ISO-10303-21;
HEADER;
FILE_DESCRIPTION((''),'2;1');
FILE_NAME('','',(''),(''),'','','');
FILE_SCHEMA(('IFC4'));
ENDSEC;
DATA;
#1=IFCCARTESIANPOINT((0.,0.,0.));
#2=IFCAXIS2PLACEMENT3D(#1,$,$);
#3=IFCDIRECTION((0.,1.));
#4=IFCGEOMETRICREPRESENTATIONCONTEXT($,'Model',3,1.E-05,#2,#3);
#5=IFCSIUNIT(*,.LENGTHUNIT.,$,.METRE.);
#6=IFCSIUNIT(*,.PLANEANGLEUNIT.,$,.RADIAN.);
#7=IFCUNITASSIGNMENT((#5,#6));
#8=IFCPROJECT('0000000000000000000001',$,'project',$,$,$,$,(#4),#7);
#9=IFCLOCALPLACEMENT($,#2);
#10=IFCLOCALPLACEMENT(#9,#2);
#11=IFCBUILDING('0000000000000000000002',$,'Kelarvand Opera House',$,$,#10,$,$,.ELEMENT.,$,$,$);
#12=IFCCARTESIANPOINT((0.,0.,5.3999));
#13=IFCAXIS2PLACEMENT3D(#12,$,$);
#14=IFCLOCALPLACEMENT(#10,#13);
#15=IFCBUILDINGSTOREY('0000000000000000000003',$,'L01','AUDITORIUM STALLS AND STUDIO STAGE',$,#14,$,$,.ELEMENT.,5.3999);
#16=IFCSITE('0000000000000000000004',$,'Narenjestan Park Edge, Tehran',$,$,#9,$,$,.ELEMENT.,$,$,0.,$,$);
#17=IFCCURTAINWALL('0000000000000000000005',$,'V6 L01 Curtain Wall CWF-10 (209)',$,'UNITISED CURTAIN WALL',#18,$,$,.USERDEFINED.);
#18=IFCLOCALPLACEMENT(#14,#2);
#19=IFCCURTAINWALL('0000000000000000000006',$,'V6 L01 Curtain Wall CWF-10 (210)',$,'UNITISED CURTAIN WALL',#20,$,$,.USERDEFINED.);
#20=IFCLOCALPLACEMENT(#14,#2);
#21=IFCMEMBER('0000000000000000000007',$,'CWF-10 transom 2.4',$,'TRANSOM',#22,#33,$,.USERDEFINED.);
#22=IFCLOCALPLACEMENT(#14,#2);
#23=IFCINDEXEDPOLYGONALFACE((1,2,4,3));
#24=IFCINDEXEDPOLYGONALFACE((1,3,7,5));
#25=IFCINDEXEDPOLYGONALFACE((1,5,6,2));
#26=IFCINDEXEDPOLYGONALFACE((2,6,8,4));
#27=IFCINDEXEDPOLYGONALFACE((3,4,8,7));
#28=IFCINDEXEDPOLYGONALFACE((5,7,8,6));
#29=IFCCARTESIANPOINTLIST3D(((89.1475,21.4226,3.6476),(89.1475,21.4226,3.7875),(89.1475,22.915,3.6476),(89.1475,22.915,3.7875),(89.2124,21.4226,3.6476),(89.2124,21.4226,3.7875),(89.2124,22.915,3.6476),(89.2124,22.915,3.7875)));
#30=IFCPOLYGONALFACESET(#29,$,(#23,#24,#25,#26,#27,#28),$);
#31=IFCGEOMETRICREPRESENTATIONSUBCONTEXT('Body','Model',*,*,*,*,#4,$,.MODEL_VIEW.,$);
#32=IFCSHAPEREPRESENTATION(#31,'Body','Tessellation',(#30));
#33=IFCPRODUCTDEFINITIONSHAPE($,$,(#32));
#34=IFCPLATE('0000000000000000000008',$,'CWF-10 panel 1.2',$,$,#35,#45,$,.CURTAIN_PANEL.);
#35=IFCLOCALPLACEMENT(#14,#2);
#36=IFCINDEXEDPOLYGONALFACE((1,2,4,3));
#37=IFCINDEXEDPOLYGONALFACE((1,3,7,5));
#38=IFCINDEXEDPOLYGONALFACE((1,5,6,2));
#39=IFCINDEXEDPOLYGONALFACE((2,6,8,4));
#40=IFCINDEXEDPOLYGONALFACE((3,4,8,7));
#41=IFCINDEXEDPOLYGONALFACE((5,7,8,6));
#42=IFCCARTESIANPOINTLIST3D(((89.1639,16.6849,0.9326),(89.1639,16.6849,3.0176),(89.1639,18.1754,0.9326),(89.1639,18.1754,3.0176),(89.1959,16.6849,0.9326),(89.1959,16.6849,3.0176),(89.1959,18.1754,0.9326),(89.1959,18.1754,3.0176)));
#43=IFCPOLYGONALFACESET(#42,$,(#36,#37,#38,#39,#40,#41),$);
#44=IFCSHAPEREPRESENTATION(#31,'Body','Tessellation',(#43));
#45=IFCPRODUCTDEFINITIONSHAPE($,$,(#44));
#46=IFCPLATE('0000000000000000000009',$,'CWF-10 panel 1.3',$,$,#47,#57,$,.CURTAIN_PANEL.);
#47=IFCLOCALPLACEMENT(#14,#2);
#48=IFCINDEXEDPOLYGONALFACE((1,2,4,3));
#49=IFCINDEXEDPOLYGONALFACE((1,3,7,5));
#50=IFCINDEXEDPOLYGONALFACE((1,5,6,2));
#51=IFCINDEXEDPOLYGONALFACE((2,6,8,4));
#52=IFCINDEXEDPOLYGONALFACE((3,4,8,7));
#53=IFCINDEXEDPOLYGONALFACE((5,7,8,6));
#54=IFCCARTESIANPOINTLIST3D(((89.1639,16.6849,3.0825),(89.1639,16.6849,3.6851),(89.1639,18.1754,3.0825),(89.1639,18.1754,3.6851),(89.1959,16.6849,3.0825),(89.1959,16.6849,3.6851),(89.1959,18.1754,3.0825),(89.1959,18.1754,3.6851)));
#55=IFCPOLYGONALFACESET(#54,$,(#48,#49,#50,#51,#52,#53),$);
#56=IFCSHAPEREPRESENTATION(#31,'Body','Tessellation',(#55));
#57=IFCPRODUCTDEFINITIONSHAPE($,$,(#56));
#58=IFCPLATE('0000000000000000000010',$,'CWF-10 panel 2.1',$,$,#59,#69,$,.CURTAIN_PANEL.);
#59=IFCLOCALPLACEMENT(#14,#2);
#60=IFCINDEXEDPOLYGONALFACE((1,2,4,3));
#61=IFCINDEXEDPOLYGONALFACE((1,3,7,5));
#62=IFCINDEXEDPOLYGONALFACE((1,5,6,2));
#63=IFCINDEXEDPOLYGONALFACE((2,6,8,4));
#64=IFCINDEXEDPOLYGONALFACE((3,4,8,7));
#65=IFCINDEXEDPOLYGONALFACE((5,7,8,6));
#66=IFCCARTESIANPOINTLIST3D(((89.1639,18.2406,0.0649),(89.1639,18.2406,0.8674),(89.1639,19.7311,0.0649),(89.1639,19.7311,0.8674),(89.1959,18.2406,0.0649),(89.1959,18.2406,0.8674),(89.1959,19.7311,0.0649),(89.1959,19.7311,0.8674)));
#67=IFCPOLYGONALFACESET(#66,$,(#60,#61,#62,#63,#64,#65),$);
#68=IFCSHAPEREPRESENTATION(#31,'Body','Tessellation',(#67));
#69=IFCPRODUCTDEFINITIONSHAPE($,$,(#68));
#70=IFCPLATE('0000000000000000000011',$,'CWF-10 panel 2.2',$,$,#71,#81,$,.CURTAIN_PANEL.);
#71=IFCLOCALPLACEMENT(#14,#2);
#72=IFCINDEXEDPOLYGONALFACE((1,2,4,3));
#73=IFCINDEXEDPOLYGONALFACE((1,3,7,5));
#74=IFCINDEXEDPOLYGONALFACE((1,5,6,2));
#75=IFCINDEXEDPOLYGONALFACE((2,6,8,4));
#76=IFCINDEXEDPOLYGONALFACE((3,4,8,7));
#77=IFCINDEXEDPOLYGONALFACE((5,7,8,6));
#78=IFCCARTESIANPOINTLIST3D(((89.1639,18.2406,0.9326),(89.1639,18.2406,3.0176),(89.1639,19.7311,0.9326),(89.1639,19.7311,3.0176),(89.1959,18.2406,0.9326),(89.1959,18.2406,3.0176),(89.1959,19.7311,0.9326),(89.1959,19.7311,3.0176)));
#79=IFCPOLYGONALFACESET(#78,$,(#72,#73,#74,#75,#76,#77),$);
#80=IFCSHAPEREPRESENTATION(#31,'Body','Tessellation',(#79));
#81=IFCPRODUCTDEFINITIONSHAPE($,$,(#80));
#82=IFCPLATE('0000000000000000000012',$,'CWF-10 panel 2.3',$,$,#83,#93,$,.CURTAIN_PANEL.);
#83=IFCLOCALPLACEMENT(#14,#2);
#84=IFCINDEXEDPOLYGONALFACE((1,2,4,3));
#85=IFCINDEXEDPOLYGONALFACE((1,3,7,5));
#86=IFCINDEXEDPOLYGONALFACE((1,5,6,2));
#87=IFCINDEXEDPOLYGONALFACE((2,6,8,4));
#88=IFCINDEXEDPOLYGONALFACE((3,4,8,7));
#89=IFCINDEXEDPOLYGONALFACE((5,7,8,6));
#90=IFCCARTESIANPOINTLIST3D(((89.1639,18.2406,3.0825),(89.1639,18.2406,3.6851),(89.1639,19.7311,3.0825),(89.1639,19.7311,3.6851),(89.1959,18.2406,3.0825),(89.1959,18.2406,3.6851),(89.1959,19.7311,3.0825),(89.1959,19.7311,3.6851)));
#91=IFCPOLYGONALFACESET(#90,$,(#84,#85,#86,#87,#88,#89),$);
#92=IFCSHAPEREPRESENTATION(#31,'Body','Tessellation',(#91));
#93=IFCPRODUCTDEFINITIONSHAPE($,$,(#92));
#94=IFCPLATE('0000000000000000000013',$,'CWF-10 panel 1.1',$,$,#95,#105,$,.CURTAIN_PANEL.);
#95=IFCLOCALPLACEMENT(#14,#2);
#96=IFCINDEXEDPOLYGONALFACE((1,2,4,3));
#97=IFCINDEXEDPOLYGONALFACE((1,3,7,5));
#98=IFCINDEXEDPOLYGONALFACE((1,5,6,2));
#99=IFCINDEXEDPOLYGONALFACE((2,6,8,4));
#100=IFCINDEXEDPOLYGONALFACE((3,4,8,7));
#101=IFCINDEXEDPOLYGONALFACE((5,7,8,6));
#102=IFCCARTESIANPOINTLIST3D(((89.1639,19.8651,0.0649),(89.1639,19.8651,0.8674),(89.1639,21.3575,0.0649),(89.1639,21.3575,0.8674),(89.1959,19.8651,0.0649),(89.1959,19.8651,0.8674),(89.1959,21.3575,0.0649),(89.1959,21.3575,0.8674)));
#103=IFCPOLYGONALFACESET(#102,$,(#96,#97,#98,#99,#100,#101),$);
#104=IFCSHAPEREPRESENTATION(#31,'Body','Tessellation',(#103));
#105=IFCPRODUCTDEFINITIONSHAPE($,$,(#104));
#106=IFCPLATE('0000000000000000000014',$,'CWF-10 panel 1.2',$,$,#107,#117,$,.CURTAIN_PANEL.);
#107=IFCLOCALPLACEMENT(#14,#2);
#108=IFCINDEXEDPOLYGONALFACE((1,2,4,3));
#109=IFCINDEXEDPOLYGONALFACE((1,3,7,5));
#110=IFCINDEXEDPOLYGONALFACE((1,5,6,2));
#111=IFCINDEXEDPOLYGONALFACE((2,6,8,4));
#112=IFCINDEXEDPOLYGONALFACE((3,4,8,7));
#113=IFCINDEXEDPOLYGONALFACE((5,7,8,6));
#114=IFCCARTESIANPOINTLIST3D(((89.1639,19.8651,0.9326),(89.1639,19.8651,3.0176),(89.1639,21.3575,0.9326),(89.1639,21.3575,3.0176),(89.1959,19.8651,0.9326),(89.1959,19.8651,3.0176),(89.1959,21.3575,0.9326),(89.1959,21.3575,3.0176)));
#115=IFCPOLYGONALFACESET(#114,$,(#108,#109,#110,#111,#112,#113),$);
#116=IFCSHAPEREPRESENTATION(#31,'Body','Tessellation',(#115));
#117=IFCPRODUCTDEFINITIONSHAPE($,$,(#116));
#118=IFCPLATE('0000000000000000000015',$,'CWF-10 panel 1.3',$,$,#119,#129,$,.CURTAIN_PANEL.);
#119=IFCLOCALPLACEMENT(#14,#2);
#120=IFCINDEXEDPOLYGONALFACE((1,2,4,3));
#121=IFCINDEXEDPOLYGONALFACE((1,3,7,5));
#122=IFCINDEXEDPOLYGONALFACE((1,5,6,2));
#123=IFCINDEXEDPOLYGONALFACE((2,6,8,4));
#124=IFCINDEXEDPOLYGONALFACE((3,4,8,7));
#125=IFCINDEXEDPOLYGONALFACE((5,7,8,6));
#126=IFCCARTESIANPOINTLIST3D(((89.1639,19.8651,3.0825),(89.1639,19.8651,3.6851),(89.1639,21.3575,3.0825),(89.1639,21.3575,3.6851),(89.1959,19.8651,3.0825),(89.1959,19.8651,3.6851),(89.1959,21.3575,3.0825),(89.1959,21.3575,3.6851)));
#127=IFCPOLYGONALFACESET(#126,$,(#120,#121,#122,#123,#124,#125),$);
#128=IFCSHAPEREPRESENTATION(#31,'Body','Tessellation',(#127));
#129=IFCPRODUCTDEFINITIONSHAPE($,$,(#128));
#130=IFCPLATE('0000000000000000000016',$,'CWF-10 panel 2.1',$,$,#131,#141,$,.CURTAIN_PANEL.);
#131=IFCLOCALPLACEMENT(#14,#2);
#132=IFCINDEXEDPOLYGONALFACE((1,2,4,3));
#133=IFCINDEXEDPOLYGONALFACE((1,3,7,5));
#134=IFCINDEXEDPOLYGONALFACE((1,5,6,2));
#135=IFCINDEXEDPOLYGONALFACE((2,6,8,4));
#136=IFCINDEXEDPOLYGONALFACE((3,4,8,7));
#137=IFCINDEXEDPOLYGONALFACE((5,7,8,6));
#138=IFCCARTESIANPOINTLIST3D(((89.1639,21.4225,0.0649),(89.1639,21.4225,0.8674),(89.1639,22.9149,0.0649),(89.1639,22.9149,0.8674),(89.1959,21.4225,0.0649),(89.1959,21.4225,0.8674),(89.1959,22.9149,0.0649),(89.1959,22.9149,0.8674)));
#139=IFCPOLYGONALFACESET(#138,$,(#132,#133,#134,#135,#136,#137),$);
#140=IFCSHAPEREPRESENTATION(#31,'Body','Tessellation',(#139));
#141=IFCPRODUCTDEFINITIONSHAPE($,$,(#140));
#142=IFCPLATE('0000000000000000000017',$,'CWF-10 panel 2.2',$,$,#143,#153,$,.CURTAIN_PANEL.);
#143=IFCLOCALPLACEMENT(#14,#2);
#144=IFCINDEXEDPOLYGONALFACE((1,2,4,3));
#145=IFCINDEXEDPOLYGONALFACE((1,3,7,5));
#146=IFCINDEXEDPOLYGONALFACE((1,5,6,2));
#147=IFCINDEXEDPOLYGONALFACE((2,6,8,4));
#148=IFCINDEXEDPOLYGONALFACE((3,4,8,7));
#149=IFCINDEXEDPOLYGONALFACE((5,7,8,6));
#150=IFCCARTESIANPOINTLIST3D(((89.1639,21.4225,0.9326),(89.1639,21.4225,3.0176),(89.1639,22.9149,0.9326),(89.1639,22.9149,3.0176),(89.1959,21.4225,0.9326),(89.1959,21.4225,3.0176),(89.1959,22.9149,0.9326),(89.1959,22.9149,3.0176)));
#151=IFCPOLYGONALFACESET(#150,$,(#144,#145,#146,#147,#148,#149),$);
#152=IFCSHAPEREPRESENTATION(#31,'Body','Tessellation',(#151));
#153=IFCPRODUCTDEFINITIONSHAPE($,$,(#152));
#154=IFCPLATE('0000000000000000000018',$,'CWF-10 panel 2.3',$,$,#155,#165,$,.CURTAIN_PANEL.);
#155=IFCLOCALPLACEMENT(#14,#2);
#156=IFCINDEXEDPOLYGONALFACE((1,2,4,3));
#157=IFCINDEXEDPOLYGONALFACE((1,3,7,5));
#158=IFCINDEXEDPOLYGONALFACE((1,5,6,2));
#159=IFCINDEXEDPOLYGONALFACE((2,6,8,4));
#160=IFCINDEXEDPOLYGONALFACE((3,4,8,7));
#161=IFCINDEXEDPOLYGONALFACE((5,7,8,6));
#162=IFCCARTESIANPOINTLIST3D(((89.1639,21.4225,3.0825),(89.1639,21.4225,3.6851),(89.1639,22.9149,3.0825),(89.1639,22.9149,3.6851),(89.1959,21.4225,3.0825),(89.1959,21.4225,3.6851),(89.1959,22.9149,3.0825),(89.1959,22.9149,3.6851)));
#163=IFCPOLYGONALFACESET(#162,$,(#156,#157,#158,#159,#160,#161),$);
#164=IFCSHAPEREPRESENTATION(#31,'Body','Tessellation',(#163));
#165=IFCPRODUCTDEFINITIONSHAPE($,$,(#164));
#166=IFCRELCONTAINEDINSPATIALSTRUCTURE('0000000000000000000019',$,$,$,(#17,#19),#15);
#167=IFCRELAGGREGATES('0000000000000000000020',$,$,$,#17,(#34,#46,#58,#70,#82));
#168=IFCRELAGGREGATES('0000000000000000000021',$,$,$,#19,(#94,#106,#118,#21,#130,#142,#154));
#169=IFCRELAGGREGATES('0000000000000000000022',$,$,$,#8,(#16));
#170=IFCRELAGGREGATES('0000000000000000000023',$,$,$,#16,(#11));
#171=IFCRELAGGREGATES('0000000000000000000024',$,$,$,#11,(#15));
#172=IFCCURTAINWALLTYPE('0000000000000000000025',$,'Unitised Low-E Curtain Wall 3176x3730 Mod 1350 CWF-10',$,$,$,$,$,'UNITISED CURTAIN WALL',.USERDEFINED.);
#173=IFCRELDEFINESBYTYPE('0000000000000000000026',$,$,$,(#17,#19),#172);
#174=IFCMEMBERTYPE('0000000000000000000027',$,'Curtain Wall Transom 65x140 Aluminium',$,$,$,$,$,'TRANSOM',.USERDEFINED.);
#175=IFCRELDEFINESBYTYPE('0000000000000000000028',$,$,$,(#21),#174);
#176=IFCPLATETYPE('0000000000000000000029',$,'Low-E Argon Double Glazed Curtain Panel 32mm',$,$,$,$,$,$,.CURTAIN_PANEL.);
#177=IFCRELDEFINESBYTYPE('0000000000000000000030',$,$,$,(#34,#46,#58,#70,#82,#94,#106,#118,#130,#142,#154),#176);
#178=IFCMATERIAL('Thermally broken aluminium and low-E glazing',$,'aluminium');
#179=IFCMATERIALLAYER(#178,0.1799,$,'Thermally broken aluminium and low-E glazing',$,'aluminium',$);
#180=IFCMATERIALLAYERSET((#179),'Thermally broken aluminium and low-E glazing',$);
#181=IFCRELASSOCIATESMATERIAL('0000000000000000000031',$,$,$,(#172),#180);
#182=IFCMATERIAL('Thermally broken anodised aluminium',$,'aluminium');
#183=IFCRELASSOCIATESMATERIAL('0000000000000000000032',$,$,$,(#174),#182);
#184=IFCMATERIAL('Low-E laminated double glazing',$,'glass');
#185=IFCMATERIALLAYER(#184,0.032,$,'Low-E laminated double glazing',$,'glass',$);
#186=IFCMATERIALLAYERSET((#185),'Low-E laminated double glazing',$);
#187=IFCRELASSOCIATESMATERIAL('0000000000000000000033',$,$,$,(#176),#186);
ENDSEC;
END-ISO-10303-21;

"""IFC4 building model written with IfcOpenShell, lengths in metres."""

from ifc_helpers import new_model, si_unit, direction, frame, origin, origin_2d, place, context, subcontext, project, spatial, rectangle, extrude, material, layer, layer_set, material_profile, profile_set, type_object, element, aggregate, save


model = new_model("IFC4")

# Units and contexts
model_context = context("Model", 3, precision=1e-05, world=origin(), true_north=direction((0.0, 1.0)))
body_context = subcontext(model_context, "Body", "Model", "MODEL_VIEW")
ifc_project = project(units=[si_unit("LENGTHUNIT", "METRE"), si_unit("PLANEANGLEUNIT", "RADIAN")], contexts=[model_context])

# Site, building, storey
site_placement = place(None, origin())
site = spatial("IfcSite", under=ifc_project, at=site_placement, Name="Narenjestan Park Edge, Tehran", CompositionType="ELEMENT", RefElevation=0.0)
building_placement = place(site_placement, origin())
building = spatial("IfcBuilding", under=site, at=building_placement, Name="Kelarvand Opera House", CompositionType="ELEMENT")
storey_placement = place(building_placement, frame((0.0, 0.0, 5.3999)))
storey = spatial("IfcBuildingStorey", under=building, at=storey_placement, Name="L01", Description="AUDITORIUM STALLS AND STUDIO STAGE", CompositionType="ELEMENT", Elevation=5.3999)

# Curtain walls
ifc_material_1 = material(Name="Thermally broken aluminium and low-E glazing", Category="aluminium")
ifc_layer_1 = layer(ifc_material_1, 0.1799, Name="Thermally broken aluminium and low-E glazing", Category="aluminium")
ifc_layer_set_1 = layer_set([ifc_layer_1], Name="Thermally broken aluminium and low-E glazing")
curtain_wall_type = type_object("IfcCurtainWallType", Name="Unitised Low-E Curtain Wall 3176x3730 Mod 1350 CWF-10", ElementType="UNITISED CURTAIN WALL", PredefinedType="USERDEFINED", material=ifc_layer_set_1)
curtain_wall_1_placement = place(storey_placement, origin())
curtain_wall_1 = element("IfcCurtainWall", 1, at=curtain_wall_1_placement, inside=storey, type_object=curtain_wall_type, Name="V6 L01 Curtain Wall CWF-10 (209)", ObjectType="UNITISED CURTAIN WALL", PredefinedType="USERDEFINED")
ifc_material_2 = material(Name="Thermally broken anodised aluminium", Category="aluminium")
curtain_wall_2_placement = place(storey_placement, origin())
curtain_wall_2 = element("IfcCurtainWall", 2, at=curtain_wall_2_placement, inside=storey, type_object=curtain_wall_type, Name="V6 L01 Curtain Wall CWF-10 (210)", ObjectType="UNITISED CURTAIN WALL", PredefinedType="USERDEFINED")

# Member
ifc_material_profile_1 = material_profile(ifc_material_2, rectangle(XDim=0.0649, YDim=0.1399, at=origin_2d()), Name="ALU TRANSOM 65x140", Category="aluminium")
ifc_profile_set_1 = profile_set([ifc_material_profile_1], Name="Thermally broken anodised aluminium")
member_type_1 = type_object("IfcMemberType", Name="Curtain Wall Transom 65x140 Aluminium", ElementType="TRANSOM", PredefinedType="USERDEFINED", material=ifc_profile_set_1)
member_1_placement = place(storey_placement, frame((89.1799, 21.4226, 3.7175), z_axis=(0.0, 1.0, 0.0), x_axis=(-1.0, 0.0, 0.0)))
member_1 = element("IfcMember", 3, at=member_1_placement, type_object=member_type_1, Name="CWF-10 transom 2.4", ObjectType="TRANSOM", PredefinedType="USERDEFINED", context=body_context, shape_type="SweptSolid", body=[
    extrude(rectangle(XDim=0.0649, YDim=0.1399, at=origin_2d()), origin(), (0.0, 0.0, 1.0), 1.4924),
])

# Plates
ifc_material_3 = material(Name="Low-E laminated double glazing", Category="glass")
ifc_layer_2 = layer(ifc_material_3, 0.032, Name="Low-E laminated double glazing", Category="glass")
ifc_layer_set_2 = layer_set([ifc_layer_2], Name="Low-E laminated double glazing")
plate_type = type_object("IfcPlateType", Name="Low-E Argon Double Glazed Curtain Panel 32mm", PredefinedType="CURTAIN_PANEL", material=ifc_layer_set_2)
plate_1_placement = place(storey_placement, frame((89.1799, 17.4302, 0.9326), z_axis=(0.0, 0.0, 1.0), x_axis=(0.0, 1.0, 0.0)))
plate_1 = element("IfcPlate", 4, at=plate_1_placement, type_object=plate_type, Name="CWF-10 panel 1.2", PredefinedType="CURTAIN_PANEL", context=body_context, shape_type="SweptSolid", body=[
    extrude(rectangle(XDim=1.4905, YDim=0.032, at=origin_2d()), origin(), (0.0, 0.0, 1.0), 2.085),
])
plate_2_placement = place(storey_placement, frame((89.1799, 17.4302, 3.0825), z_axis=(0.0, 0.0, 1.0), x_axis=(0.0, 1.0, 0.0)))
plate_2 = element("IfcPlate", 5, at=plate_2_placement, type_object=plate_type, Name="CWF-10 panel 1.3", PredefinedType="CURTAIN_PANEL", context=body_context, shape_type="SweptSolid", body=[
    extrude(rectangle(XDim=1.4905, YDim=0.032, at=origin_2d()), origin(), (0.0, 0.0, 1.0), 0.6025),
])
plate_3_placement = place(storey_placement, frame((89.1799, 18.9858, 0.0649), z_axis=(0.0, 0.0, 1.0), x_axis=(0.0, 1.0, 0.0)))
plate_3 = element("IfcPlate", 6, at=plate_3_placement, type_object=plate_type, Name="CWF-10 panel 2.1", PredefinedType="CURTAIN_PANEL", context=body_context, shape_type="SweptSolid", body=[
    extrude(rectangle(XDim=1.4905, YDim=0.032, at=origin_2d()), origin(), (0.0, 0.0, 1.0), 0.8025),
])
plate_4_placement = place(storey_placement, frame((89.1799, 18.9858, 0.9326), z_axis=(0.0, 0.0, 1.0), x_axis=(0.0, 1.0, 0.0)))
plate_4 = element("IfcPlate", 7, at=plate_4_placement, type_object=plate_type, Name="CWF-10 panel 2.2", PredefinedType="CURTAIN_PANEL", context=body_context, shape_type="SweptSolid", body=[
    extrude(rectangle(XDim=1.4905, YDim=0.032, at=origin_2d()), origin(), (0.0, 0.0, 1.0), 2.085),
])
plate_5_placement = place(storey_placement, frame((89.1799, 18.9858, 3.0825), z_axis=(0.0, 0.0, 1.0), x_axis=(0.0, 1.0, 0.0)))
plate_5 = element("IfcPlate", 8, at=plate_5_placement, type_object=plate_type, Name="CWF-10 panel 2.3", PredefinedType="CURTAIN_PANEL", context=body_context, shape_type="SweptSolid", body=[
    extrude(rectangle(XDim=1.4905, YDim=0.032, at=origin_2d()), origin(), (0.0, 0.0, 1.0), 0.6025),
])
aggregate(curtain_wall_1, [plate_1, plate_2, plate_3, plate_4, plate_5])
plate_6_placement = place(storey_placement, frame((89.1799, 20.6113, 0.0649), z_axis=(0.0, 0.0, 1.0), x_axis=(0.0, 1.0, 0.0)))
plate_6 = element("IfcPlate", 9, at=plate_6_placement, type_object=plate_type, Name="CWF-10 panel 1.1", PredefinedType="CURTAIN_PANEL", context=body_context, shape_type="SweptSolid", body=[
    extrude(rectangle(XDim=1.4924, YDim=0.032, at=origin_2d()), origin(), (0.0, 0.0, 1.0), 0.8025),
])
plate_7_placement = place(storey_placement, frame((89.1799, 20.6113, 0.9326), z_axis=(0.0, 0.0, 1.0), x_axis=(0.0, 1.0, 0.0)))
plate_7 = element("IfcPlate", 10, at=plate_7_placement, type_object=plate_type, Name="CWF-10 panel 1.2", PredefinedType="CURTAIN_PANEL", context=body_context, shape_type="SweptSolid", body=[
    extrude(rectangle(XDim=1.4924, YDim=0.032, at=origin_2d()), origin(), (0.0, 0.0, 1.0), 2.085),
])
plate_8_placement = place(storey_placement, frame((89.1799, 20.6113, 3.0825), z_axis=(0.0, 0.0, 1.0), x_axis=(0.0, 1.0, 0.0)))
plate_8 = element("IfcPlate", 11, at=plate_8_placement, type_object=plate_type, Name="CWF-10 panel 1.3", PredefinedType="CURTAIN_PANEL", context=body_context, shape_type="SweptSolid", body=[
    extrude(rectangle(XDim=1.4924, YDim=0.032, at=origin_2d()), origin(), (0.0, 0.0, 1.0), 0.6025),
])
plate_9_placement = place(storey_placement, frame((89.1799, 22.1687, 0.0649), z_axis=(0.0, 0.0, 1.0), x_axis=(0.0, 1.0, 0.0)))
plate_9 = element("IfcPlate", 12, at=plate_9_placement, type_object=plate_type, Name="CWF-10 panel 2.1", PredefinedType="CURTAIN_PANEL", context=body_context, shape_type="SweptSolid", body=[
    extrude(rectangle(XDim=1.4924, YDim=0.032, at=origin_2d()), origin(), (0.0, 0.0, 1.0), 0.8025),
])
plate_10_placement = place(storey_placement, frame((89.1799, 22.1687, 0.9326), z_axis=(0.0, 0.0, 1.0), x_axis=(0.0, 1.0, 0.0)))
plate_10 = element("IfcPlate", 13, at=plate_10_placement, type_object=plate_type, Name="CWF-10 panel 2.2", PredefinedType="CURTAIN_PANEL", context=body_context, shape_type="SweptSolid", body=[
    extrude(rectangle(XDim=1.4924, YDim=0.032, at=origin_2d()), origin(), (0.0, 0.0, 1.0), 2.085),
])
plate_11_placement = place(storey_placement, frame((89.1799, 22.1687, 3.0825), z_axis=(0.0, 0.0, 1.0), x_axis=(0.0, 1.0, 0.0)))
plate_11 = element("IfcPlate", 14, at=plate_11_placement, type_object=plate_type, Name="CWF-10 panel 2.3", PredefinedType="CURTAIN_PANEL", context=body_context, shape_type="SweptSolid", body=[
    extrude(rectangle(XDim=1.4924, YDim=0.032, at=origin_2d()), origin(), (0.0, 0.0, 1.0), 0.6025),
])
aggregate(curtain_wall_2, [plate_6, plate_7, plate_8, member_1, plate_9, plate_10, plate_11])

save(model, "model.ifc")
